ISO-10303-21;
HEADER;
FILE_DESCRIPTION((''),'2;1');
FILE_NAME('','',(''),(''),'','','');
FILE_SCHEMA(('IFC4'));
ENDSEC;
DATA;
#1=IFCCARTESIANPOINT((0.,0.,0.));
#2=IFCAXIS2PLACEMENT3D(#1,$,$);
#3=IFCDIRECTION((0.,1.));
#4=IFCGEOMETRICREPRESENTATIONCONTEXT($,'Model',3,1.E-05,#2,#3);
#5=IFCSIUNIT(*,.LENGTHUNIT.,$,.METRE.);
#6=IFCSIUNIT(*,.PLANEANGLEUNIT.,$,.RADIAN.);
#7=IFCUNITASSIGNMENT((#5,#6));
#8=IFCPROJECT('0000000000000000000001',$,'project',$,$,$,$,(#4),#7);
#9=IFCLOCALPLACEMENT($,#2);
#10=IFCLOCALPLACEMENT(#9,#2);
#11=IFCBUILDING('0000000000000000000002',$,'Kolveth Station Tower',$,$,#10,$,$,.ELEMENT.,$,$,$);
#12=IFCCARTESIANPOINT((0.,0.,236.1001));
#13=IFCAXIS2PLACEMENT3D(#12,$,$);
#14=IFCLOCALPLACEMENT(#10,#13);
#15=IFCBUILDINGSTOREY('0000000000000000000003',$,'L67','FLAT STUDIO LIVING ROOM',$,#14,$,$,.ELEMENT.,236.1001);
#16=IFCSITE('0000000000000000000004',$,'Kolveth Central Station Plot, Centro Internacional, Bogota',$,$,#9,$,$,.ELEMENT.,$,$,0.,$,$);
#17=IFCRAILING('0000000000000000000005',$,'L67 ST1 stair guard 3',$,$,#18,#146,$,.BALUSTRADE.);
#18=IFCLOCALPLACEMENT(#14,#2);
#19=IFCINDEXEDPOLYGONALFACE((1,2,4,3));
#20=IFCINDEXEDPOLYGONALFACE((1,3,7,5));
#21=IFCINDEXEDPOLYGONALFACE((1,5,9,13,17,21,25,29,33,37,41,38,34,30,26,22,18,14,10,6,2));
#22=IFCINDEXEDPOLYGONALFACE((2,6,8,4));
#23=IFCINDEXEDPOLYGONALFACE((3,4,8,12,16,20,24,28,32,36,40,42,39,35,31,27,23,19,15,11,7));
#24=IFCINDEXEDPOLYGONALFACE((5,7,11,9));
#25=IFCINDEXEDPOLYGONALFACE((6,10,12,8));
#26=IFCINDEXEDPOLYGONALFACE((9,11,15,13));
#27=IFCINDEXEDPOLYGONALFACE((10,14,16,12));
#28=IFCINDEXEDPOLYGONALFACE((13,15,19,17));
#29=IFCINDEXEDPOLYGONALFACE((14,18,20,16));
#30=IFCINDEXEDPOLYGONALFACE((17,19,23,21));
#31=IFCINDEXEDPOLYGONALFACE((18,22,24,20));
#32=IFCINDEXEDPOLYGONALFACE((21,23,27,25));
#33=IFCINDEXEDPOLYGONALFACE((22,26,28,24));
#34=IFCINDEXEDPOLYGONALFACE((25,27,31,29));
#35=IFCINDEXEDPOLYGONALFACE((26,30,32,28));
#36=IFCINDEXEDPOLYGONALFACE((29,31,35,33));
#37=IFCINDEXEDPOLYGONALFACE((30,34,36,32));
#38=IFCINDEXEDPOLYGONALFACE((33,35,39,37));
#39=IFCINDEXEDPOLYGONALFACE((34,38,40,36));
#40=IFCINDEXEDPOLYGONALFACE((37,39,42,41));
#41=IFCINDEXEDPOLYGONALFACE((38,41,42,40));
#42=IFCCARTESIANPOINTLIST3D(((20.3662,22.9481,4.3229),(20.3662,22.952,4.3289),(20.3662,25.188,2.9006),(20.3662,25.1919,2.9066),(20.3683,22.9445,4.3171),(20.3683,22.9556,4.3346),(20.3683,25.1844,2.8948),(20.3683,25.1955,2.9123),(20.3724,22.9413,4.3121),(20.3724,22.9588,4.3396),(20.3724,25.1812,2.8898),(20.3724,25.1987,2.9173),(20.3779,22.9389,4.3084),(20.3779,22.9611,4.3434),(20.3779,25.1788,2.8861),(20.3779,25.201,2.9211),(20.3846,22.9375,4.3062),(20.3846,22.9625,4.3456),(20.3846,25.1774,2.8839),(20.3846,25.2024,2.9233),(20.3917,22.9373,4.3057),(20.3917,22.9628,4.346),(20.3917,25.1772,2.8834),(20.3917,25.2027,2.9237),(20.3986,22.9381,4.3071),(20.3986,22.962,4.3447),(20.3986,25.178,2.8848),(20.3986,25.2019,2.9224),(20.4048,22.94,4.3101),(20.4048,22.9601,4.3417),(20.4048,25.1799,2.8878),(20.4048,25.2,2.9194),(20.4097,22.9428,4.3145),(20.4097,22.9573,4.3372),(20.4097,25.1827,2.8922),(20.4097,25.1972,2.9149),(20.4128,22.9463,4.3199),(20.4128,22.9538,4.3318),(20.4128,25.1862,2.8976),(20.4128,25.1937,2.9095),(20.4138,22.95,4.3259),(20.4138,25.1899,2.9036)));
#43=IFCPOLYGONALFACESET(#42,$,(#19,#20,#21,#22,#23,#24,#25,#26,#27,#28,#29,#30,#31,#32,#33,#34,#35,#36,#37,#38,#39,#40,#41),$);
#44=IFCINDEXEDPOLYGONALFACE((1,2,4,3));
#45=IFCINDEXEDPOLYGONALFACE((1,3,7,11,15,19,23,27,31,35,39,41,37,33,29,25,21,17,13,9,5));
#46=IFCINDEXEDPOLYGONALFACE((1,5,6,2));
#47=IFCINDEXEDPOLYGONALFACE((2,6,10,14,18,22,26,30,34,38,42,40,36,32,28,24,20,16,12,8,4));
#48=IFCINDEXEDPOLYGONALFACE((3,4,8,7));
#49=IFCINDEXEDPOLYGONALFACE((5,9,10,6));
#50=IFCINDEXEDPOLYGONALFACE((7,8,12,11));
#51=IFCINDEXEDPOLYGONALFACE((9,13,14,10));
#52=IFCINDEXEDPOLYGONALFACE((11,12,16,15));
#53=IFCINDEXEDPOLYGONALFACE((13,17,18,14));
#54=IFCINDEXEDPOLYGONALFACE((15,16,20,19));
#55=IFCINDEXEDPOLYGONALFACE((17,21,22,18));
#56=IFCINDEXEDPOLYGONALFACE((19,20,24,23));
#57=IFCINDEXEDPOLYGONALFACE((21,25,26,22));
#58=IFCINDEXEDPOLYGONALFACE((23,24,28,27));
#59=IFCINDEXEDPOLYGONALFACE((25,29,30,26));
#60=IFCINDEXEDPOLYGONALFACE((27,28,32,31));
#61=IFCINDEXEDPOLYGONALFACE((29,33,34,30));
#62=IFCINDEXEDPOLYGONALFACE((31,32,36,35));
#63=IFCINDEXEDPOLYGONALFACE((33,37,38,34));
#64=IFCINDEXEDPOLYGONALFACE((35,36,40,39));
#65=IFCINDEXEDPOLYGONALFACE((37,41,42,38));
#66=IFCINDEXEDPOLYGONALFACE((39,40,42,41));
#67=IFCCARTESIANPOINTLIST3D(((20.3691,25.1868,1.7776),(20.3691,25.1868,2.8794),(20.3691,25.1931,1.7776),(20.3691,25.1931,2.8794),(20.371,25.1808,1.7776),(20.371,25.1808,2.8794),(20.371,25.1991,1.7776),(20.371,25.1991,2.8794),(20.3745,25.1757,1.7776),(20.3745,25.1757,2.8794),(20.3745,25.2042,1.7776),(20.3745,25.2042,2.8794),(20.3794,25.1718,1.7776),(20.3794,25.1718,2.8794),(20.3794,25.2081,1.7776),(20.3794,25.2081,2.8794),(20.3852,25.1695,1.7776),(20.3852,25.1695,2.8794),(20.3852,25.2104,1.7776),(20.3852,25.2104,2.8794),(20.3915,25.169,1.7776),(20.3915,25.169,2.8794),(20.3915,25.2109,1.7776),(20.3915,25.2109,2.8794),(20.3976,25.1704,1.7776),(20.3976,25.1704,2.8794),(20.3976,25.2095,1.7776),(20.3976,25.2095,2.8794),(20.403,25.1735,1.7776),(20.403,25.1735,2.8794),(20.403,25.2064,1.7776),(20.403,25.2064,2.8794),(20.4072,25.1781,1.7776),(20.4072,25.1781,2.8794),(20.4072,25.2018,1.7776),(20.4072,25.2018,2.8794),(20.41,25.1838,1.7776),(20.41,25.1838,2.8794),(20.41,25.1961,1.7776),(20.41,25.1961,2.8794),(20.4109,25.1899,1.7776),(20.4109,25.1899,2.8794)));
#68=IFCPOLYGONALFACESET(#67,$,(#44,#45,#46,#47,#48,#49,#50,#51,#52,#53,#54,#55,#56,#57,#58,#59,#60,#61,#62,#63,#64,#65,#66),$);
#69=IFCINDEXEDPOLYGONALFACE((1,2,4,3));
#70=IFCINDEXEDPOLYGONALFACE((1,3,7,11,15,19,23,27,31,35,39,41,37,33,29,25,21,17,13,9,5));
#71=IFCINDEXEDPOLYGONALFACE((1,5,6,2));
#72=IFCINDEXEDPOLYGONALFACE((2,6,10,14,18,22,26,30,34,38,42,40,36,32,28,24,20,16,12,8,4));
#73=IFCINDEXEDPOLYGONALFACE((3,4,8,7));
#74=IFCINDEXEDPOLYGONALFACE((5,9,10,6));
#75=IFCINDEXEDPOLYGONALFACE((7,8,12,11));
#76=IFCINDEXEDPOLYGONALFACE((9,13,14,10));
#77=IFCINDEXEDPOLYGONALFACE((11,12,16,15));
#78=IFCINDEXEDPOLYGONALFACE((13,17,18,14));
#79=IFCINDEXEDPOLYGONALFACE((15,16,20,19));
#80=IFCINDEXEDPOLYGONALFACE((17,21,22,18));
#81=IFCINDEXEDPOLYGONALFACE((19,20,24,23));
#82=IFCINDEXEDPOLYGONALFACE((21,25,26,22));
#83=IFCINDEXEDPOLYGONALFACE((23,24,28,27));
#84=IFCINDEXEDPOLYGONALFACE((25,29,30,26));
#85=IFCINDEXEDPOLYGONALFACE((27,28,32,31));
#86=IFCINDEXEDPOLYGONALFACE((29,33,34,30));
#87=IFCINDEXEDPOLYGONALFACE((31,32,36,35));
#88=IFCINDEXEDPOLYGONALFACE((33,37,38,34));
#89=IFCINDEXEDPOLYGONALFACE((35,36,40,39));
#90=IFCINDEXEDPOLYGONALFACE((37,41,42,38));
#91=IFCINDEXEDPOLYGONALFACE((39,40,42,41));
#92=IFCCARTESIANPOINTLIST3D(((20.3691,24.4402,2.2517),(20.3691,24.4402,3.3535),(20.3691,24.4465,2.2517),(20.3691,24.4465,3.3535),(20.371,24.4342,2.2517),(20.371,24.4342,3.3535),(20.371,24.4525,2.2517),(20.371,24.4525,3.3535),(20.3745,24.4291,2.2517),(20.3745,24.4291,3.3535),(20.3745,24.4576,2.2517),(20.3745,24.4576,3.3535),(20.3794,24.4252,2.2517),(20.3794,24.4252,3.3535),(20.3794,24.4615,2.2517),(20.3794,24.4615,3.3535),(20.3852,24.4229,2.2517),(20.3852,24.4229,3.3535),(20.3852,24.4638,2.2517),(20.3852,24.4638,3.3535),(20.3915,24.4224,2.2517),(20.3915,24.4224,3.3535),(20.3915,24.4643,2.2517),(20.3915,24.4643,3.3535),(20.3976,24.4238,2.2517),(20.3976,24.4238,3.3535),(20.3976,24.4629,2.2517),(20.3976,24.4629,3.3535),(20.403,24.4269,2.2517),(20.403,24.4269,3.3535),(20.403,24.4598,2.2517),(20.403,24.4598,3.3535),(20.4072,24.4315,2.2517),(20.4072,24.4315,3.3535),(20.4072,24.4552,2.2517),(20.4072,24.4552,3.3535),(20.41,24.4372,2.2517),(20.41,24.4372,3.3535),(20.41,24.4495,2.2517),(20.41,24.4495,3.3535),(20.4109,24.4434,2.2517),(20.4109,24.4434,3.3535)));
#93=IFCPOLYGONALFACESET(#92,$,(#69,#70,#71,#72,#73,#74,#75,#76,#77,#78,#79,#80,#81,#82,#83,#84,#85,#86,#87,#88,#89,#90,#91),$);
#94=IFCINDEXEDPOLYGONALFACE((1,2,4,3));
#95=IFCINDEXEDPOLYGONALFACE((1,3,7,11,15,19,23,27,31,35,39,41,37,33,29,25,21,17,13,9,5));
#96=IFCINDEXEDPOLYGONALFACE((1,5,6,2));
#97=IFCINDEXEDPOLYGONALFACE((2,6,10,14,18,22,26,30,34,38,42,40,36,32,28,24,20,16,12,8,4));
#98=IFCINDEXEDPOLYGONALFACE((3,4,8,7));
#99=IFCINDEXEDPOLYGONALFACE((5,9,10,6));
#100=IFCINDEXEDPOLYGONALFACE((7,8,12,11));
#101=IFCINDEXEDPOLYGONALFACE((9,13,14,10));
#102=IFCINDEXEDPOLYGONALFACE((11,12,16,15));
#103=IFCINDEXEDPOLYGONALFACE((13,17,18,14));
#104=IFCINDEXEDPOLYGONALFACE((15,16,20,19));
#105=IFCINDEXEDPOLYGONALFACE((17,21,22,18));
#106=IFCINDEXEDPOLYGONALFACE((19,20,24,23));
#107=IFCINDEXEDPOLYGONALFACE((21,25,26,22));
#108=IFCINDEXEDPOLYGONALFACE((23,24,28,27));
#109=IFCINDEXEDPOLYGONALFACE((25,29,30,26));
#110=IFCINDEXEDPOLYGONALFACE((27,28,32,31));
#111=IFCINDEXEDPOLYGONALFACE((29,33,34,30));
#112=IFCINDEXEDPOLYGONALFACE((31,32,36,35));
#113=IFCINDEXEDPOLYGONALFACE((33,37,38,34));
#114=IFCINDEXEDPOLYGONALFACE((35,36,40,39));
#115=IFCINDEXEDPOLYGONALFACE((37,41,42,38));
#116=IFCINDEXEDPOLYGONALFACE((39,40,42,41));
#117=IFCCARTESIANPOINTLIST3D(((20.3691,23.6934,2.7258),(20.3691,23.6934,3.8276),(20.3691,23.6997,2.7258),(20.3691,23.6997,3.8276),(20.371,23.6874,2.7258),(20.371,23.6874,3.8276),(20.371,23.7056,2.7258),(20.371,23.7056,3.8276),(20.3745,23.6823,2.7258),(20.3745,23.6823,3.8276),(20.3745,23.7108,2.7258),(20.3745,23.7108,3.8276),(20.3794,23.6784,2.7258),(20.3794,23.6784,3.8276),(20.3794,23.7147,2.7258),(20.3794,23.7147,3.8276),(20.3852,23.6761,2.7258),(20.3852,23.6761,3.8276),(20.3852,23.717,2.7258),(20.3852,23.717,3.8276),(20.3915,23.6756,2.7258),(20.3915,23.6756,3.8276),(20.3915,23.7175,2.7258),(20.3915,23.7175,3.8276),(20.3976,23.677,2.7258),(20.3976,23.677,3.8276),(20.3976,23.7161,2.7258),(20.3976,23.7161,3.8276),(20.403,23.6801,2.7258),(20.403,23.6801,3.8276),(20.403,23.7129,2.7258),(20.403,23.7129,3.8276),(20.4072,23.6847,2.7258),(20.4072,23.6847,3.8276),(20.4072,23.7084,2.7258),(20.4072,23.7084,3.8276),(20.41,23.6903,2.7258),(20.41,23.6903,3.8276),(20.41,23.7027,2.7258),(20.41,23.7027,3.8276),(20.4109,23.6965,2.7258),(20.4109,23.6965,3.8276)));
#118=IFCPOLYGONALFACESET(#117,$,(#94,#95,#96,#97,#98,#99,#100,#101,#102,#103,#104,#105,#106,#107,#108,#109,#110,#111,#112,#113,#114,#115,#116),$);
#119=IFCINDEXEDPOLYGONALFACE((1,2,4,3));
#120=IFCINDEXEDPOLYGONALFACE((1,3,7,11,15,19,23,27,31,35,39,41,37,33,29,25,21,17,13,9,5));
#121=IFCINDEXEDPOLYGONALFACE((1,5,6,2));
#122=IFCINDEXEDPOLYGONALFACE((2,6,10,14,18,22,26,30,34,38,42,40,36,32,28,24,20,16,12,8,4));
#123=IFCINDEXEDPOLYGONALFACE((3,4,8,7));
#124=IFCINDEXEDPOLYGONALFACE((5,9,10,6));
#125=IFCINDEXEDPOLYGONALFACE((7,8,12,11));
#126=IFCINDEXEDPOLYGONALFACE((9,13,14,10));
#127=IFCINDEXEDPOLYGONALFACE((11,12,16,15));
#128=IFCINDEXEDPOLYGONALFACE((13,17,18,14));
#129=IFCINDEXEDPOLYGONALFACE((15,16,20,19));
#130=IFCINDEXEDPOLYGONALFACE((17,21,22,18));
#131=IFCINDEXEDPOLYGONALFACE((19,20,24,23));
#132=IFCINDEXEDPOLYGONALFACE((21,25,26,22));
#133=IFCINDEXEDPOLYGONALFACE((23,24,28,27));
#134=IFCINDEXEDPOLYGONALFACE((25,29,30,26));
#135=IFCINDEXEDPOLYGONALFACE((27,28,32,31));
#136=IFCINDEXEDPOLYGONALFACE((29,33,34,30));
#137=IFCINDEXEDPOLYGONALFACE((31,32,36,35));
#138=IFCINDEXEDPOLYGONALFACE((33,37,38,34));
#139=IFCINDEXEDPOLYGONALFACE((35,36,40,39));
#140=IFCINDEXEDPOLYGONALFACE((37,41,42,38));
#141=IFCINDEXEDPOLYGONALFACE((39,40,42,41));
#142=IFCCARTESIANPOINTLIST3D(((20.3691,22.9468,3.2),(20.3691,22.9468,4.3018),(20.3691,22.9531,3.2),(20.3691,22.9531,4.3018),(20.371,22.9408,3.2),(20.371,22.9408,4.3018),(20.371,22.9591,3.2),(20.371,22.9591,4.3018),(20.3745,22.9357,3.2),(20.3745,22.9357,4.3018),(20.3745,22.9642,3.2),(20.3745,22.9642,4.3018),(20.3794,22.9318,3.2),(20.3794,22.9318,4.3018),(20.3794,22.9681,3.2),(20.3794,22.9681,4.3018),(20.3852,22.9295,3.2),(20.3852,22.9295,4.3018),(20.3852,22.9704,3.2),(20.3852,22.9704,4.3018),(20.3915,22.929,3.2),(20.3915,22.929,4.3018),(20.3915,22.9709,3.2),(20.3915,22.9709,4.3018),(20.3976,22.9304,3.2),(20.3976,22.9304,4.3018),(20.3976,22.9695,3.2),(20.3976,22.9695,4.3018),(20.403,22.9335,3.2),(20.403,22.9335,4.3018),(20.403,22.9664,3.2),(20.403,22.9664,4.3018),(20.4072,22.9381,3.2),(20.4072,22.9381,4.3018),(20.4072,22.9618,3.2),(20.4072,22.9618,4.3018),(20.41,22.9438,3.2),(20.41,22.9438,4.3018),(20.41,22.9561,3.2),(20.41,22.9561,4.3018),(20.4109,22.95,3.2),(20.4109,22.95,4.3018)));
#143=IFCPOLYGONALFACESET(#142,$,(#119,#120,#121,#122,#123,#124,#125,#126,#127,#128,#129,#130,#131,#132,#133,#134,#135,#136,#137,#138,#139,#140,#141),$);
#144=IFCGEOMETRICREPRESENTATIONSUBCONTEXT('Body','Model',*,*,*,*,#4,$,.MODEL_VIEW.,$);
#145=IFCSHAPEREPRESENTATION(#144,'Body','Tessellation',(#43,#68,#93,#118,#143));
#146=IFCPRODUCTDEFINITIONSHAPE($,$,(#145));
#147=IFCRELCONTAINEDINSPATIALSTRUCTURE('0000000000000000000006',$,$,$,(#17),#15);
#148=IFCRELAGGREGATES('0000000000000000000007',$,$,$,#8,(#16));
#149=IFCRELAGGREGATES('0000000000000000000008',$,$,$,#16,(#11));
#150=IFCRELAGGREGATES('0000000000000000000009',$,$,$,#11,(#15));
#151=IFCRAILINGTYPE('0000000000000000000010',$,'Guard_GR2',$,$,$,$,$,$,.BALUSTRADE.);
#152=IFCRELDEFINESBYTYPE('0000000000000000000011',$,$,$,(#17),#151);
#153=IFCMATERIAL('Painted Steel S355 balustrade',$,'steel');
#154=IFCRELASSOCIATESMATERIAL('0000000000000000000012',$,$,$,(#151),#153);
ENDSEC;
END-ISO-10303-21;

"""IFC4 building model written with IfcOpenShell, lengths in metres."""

from ifc_helpers import new_model, si_unit, direction, frame, origin, origin_2d, place, context, subcontext, project, spatial, circle, extrude, material, type_object, element, save


model = new_model("IFC4")

# Units and contexts
model_context = context("Model", 3, precision=1e-05, world=origin(), true_north=direction((0.0, 1.0)))
body_context = subcontext(model_context, "Body", "Model", "MODEL_VIEW")
ifc_project = project(units=[si_unit("LENGTHUNIT", "METRE"), si_unit("PLANEANGLEUNIT", "RADIAN")], contexts=[model_context])

# Site, building, storey
site_placement = place(None, origin())
site = spatial("IfcSite", under=ifc_project, at=site_placement, Name="Kolveth Central Station Plot, Centro Internacional, Bogota", CompositionType="ELEMENT", RefElevation=0.0)
building_placement = place(site_placement, origin())
building = spatial("IfcBuilding", under=site, at=building_placement, Name="Kolveth Station Tower", CompositionType="ELEMENT")
storey_placement = place(building_placement, frame((0.0, 0.0, 236.1001)))
storey = spatial("IfcBuildingStorey", under=building, at=storey_placement, Name="L67", Description="FLAT STUDIO LIVING ROOM", CompositionType="ELEMENT", Elevation=236.1001)

# Railing
ifc_material_1 = material(Name="Painted Steel S355 balustrade", Category="steel")
railing_type_1 = type_object("IfcRailingType", Name="Guard_GR2", PredefinedType="BALUSTRADE", material=ifc_material_1)
railing_1_placement = place(storey_placement, frame((20.3899, 25.1899, 1.7776)))
element("IfcRailing", 1, at=railing_1_placement, inside=storey, type_object=railing_type_1, Name="L67 ST1 stair guard 3", PredefinedType="BALUSTRADE", context=body_context, shape_type="SweptSolid", body=[
    extrude(circle(Radius=0.0239, at=origin_2d()), frame((0.0, 0.0, 1.126), z_axis=(0.0, -0.844188, 0.536048), x_axis=(1.0, 0.0, 0.0)), (0.0, 0.0, 1.0), 2.6533),
    extrude(circle(Radius=0.021, at=origin_2d()), origin(), (0.0, 0.0, 1.0), 1.1018),
    extrude(circle(Radius=0.021, at=origin_2d()), frame((0.0, -0.7466, 0.4741)), (0.0, 0.0, 1.0), 1.1018),
    extrude(circle(Radius=0.021, at=origin_2d()), frame((0.0, -1.4934, 0.9482)), (0.0, 0.0, 1.0), 1.1018),
    extrude(circle(Radius=0.021, at=origin_2d()), frame((0.0, -2.24, 1.4224)), (0.0, 0.0, 1.0), 1.1018),
])

save(model, "model.ifc")
